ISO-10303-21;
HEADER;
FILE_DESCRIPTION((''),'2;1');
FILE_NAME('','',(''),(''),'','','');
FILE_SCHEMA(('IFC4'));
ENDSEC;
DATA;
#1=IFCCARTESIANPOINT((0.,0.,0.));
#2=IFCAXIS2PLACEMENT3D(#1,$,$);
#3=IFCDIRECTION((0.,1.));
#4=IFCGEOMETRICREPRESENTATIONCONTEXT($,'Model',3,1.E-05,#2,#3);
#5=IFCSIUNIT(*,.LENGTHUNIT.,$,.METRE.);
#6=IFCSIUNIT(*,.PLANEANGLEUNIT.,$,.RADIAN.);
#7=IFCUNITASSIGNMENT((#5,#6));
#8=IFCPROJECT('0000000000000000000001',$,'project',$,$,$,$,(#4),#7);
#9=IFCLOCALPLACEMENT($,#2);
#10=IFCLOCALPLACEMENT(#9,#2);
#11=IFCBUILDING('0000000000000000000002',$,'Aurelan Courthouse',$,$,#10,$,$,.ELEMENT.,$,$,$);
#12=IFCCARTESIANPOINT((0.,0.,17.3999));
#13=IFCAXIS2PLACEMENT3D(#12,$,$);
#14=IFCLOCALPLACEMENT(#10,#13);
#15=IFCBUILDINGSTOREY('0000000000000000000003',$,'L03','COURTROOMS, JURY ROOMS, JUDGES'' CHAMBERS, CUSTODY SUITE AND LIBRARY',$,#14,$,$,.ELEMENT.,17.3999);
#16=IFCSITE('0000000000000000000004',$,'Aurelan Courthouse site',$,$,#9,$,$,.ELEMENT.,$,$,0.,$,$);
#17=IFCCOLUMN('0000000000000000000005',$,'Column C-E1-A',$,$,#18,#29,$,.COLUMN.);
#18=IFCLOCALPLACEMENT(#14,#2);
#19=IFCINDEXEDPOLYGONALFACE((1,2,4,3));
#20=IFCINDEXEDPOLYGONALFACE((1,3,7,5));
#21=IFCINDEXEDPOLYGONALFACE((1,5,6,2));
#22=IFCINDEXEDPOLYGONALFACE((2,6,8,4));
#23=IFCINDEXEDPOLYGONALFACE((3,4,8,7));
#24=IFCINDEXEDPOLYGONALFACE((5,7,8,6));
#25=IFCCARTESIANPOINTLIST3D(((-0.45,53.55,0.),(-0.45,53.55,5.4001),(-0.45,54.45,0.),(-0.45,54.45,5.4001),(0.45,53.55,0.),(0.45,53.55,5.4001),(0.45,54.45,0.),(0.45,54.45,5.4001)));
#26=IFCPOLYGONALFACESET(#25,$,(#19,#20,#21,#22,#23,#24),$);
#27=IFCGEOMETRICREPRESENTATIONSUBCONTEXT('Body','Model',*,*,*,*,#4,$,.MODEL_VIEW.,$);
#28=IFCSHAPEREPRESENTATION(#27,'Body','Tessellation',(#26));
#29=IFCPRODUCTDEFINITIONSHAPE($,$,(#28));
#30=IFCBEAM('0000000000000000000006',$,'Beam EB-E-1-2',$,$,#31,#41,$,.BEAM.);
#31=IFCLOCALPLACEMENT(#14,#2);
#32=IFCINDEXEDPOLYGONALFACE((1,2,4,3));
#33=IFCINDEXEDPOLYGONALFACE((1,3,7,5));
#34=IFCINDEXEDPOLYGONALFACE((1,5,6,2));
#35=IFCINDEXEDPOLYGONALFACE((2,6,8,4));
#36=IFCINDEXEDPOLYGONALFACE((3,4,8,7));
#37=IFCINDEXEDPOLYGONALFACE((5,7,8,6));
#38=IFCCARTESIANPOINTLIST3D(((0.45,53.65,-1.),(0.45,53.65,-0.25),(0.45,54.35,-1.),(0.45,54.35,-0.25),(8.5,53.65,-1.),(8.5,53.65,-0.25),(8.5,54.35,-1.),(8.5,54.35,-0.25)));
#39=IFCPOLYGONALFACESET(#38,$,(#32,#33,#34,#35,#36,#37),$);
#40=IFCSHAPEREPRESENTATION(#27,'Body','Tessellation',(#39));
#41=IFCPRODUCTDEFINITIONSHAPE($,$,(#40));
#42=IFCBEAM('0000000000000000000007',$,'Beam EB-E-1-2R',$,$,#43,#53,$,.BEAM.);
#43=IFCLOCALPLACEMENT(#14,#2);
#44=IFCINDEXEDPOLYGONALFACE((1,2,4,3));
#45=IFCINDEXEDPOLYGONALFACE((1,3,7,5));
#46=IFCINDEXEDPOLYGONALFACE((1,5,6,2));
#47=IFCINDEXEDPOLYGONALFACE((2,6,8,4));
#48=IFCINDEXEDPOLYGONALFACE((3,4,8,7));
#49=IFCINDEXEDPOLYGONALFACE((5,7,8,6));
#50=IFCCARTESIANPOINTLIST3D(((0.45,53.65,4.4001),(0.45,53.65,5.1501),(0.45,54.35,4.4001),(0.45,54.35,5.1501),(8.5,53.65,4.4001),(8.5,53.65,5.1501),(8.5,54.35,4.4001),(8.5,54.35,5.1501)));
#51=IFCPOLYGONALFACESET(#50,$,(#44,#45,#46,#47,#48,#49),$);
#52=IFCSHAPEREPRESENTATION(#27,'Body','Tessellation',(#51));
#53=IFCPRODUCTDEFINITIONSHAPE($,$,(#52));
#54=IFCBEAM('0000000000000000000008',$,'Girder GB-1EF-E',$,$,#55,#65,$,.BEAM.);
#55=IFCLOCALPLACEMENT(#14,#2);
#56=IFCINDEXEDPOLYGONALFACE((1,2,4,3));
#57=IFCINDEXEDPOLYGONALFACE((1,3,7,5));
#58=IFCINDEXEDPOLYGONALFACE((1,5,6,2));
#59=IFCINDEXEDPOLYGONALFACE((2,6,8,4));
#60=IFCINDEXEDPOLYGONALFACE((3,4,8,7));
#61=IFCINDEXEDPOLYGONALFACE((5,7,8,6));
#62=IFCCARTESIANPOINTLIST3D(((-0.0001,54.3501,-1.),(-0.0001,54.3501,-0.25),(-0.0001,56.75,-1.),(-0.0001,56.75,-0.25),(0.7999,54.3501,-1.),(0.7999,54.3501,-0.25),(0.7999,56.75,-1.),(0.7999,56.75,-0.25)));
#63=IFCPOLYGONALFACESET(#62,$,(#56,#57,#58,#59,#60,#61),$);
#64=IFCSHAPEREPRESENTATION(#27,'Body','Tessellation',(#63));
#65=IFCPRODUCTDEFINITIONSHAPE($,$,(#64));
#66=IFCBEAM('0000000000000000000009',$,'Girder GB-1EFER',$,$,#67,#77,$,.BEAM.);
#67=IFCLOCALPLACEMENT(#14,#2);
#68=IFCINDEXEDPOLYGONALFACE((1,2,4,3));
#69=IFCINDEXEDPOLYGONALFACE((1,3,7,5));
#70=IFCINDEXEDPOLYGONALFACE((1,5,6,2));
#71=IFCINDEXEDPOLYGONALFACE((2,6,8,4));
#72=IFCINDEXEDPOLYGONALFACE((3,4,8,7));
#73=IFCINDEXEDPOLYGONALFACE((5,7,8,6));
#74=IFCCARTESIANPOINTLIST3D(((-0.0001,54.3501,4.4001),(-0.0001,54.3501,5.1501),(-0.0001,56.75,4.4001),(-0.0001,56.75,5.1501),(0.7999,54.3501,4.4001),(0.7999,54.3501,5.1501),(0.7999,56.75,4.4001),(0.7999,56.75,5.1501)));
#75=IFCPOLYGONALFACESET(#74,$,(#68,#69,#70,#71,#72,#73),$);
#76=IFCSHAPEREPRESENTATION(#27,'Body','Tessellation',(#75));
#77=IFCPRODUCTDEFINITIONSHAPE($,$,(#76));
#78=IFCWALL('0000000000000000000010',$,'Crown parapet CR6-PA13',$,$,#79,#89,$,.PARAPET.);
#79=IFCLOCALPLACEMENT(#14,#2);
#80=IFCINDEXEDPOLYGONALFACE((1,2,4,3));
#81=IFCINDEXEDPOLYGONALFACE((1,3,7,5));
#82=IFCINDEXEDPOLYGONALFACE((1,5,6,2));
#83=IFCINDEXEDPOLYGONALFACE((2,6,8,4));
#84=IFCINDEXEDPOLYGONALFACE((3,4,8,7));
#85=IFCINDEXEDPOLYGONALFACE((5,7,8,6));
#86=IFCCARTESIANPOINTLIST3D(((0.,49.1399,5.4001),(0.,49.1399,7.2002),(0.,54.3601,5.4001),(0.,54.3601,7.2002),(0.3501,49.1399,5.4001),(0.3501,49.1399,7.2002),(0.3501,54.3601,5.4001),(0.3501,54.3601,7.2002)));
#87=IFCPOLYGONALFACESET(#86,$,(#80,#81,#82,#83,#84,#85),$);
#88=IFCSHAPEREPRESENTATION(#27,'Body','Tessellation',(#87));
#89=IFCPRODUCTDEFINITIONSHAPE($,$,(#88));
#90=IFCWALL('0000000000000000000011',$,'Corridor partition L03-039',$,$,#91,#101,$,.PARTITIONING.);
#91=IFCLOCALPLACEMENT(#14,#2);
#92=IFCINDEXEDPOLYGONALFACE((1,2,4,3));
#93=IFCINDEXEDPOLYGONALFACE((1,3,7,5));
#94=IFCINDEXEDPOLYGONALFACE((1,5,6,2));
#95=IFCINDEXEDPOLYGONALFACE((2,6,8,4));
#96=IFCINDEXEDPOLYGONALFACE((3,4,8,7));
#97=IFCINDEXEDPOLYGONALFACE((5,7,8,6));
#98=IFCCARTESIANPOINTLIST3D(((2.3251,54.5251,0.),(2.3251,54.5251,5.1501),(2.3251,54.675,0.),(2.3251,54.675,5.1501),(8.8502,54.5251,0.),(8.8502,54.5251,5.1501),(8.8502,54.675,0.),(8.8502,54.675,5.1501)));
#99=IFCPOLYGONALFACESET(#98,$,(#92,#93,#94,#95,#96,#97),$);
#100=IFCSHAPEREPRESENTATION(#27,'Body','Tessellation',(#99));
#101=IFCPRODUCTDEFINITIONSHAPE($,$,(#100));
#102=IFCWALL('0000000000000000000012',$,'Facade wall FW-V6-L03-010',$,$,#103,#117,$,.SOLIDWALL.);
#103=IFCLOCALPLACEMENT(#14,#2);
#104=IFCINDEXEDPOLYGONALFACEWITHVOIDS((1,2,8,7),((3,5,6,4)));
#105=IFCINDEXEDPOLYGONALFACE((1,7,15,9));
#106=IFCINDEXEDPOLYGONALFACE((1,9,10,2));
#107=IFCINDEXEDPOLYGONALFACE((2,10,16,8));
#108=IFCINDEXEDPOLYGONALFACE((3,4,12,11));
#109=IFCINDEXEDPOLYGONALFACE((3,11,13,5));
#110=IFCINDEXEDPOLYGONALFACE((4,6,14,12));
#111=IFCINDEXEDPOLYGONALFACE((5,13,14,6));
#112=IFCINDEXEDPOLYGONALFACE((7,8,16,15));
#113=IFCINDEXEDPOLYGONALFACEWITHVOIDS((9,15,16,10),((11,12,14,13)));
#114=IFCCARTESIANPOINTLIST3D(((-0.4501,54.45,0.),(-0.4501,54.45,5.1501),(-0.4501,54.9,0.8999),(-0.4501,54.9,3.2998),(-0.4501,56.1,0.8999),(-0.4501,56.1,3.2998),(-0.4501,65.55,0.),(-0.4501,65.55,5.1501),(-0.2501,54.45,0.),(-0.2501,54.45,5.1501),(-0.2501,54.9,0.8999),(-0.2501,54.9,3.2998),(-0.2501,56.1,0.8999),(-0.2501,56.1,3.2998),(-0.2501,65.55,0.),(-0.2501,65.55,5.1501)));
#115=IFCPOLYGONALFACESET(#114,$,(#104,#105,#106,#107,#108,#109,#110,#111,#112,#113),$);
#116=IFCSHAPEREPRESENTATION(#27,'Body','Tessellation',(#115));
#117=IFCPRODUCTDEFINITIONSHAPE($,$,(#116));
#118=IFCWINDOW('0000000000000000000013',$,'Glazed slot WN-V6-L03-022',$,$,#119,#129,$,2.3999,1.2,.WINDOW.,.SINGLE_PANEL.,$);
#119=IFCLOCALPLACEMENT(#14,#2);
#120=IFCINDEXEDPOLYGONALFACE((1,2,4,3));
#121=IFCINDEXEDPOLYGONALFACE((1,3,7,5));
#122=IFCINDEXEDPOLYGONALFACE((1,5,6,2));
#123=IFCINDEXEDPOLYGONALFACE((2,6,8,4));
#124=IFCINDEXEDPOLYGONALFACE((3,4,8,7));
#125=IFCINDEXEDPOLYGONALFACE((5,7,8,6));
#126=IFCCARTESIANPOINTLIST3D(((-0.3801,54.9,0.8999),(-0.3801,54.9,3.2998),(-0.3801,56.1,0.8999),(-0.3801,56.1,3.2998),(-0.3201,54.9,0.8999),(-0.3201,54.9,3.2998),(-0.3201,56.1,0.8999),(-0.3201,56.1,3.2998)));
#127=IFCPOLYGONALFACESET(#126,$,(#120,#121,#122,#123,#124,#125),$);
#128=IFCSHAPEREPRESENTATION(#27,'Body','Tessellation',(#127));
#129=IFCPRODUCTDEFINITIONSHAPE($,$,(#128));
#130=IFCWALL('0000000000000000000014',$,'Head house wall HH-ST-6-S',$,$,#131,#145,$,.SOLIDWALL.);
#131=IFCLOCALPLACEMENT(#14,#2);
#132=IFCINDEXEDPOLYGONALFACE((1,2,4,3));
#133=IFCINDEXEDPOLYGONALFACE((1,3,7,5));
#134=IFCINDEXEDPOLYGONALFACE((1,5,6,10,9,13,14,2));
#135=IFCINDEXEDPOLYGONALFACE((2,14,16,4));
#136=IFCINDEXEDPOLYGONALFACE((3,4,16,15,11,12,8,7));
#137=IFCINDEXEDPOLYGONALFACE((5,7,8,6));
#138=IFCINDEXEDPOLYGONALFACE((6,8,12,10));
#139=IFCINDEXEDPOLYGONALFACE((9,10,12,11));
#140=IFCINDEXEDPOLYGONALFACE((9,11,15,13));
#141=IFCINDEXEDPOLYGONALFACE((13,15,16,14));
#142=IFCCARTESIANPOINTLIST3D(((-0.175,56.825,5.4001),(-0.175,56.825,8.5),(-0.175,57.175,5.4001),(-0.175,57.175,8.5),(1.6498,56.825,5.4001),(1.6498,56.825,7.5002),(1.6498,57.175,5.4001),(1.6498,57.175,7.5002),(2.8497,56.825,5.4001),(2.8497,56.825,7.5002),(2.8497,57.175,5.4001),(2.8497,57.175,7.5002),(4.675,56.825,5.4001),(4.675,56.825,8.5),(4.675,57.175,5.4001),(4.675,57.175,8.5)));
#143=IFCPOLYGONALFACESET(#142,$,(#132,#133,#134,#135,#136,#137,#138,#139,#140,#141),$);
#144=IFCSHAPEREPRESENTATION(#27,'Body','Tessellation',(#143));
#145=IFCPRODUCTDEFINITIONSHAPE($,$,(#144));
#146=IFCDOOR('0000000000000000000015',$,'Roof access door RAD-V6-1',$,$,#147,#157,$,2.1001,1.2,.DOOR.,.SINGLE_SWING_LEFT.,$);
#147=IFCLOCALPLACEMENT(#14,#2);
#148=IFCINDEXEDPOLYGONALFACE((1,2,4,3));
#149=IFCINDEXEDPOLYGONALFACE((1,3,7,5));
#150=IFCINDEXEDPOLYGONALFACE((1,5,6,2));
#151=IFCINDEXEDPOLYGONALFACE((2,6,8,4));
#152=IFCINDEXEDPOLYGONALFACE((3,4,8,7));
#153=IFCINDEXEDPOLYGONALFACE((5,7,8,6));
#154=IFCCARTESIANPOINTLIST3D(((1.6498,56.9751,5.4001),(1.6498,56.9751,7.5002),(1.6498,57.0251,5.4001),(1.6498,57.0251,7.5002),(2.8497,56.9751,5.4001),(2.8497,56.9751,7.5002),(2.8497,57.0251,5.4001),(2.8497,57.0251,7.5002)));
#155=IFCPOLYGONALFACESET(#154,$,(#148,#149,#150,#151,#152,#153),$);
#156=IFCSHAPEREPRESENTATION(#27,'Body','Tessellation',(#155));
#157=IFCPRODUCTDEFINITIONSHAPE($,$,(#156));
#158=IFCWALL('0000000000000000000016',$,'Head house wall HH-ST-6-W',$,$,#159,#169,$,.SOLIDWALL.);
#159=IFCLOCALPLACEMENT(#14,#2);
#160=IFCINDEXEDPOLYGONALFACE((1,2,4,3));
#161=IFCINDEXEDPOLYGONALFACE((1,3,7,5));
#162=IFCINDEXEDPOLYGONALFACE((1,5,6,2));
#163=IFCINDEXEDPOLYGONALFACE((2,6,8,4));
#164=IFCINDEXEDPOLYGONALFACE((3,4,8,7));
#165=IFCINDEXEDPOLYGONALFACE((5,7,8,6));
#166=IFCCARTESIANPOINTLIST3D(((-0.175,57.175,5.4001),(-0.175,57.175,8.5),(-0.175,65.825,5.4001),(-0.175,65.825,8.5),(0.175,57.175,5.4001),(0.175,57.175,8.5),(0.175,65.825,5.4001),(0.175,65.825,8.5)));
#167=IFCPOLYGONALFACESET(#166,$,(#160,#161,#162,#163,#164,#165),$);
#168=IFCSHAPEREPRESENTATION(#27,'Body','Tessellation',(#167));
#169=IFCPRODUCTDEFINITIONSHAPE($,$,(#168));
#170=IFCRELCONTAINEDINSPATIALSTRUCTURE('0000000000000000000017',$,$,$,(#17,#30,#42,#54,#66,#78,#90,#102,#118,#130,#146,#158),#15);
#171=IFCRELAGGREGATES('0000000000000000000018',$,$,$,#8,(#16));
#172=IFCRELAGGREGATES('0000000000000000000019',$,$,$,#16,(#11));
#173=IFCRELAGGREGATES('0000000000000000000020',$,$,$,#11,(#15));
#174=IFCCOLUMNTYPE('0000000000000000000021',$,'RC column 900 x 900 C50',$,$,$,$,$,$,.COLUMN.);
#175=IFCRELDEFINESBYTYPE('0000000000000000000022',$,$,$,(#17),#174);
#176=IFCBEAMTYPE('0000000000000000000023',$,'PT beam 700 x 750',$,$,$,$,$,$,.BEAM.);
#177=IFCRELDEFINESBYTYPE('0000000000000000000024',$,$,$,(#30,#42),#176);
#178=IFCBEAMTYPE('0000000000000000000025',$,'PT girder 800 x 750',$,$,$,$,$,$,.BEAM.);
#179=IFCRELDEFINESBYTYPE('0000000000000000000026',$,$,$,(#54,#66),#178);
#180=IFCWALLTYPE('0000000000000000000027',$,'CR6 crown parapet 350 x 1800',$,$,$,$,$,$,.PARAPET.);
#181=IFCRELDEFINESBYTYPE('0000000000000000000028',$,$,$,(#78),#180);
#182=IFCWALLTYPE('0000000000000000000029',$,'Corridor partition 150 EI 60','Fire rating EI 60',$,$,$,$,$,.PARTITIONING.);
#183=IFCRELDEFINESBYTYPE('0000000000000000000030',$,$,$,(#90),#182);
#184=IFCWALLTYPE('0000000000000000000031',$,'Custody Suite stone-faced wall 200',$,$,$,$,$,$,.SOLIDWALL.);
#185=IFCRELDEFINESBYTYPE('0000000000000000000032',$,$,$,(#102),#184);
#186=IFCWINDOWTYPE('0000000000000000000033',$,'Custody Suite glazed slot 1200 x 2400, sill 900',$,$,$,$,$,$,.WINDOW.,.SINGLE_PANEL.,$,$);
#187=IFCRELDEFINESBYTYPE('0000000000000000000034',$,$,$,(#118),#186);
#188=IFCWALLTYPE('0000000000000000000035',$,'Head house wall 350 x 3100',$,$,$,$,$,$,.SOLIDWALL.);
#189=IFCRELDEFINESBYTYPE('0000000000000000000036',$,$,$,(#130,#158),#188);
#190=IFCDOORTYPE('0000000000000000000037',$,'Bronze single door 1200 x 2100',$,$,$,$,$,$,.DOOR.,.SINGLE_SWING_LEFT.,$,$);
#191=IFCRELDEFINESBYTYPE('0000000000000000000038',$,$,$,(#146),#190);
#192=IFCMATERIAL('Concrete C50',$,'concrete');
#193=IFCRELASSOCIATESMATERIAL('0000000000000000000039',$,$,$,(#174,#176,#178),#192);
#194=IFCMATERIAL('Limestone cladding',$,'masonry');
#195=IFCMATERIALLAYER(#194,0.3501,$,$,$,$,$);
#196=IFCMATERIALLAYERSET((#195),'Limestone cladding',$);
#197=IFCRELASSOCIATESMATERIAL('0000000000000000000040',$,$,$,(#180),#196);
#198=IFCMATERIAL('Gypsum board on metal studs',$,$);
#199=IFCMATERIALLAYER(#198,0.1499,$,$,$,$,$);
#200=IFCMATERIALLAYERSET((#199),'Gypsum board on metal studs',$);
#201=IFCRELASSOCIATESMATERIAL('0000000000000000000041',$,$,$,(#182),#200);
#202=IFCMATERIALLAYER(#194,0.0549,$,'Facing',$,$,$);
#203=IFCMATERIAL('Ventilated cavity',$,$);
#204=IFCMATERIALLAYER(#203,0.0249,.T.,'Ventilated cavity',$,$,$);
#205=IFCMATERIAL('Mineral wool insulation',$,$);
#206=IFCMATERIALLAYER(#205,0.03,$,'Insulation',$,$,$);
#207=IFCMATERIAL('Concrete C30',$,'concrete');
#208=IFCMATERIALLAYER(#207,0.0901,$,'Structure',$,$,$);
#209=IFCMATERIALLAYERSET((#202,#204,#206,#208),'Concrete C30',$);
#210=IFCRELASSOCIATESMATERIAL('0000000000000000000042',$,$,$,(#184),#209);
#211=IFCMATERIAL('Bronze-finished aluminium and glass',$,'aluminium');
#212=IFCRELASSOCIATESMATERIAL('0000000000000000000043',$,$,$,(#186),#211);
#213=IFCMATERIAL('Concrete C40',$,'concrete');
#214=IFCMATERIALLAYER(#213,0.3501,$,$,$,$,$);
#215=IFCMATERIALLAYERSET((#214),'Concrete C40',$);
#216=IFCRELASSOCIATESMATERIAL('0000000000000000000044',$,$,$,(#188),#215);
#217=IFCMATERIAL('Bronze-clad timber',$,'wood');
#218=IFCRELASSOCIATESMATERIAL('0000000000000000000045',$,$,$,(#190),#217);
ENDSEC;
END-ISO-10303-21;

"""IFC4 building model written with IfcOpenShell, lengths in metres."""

from ifc_helpers import new_model, si_unit, direction, frame, frame_2d, origin, origin_2d, place, context, subcontext, project, spatial, rectangle, extrude, material, layer, layer_set, material_profile, profile_set, type_object, element, fill, save


model = new_model("IFC4")

# Units and contexts
model_context = context("Model", 3, precision=1e-05, world=origin(), true_north=direction((0.0, 1.0)))
body_context = subcontext(model_context, "Body", "Model", "MODEL_VIEW")
ifc_project = project(units=[si_unit("LENGTHUNIT", "METRE"), si_unit("PLANEANGLEUNIT", "RADIAN")], contexts=[model_context])

# Site, building, storey
site_placement = place(None, origin())
site = spatial("IfcSite", under=ifc_project, at=site_placement, Name="Aurelan Courthouse site", CompositionType="ELEMENT", RefElevation=0.0)
building_placement = place(site_placement, origin())
building = spatial("IfcBuilding", under=site, at=building_placement, Name="Aurelan Courthouse", CompositionType="ELEMENT")
storey_placement = place(building_placement, frame((0.0, 0.0, 17.3999)))
storey = spatial("IfcBuildingStorey", under=building, at=storey_placement, Name="L03", Description="COURTROOMS, JURY ROOMS, JUDGES' CHAMBERS, CUSTODY SUITE AND LIBRARY", CompositionType="ELEMENT", Elevation=17.3999)

# Column
ifc_material_1 = material(Name="Concrete C50", Category="concrete")
ifc_material_profile_1 = material_profile(ifc_material_1, rectangle(XDim=0.8999, YDim=0.8999, at=origin_2d()), Name="RC 900 x 900")
ifc_profile_set_1 = profile_set([ifc_material_profile_1], Name="Concrete C50")
column_type = type_object("IfcColumnType", Name="RC column 900 x 900 C50", PredefinedType="COLUMN", material=ifc_profile_set_1)
column_placement = place(storey_placement, frame((0.0, 54.0, 0.0), z_axis=(0.0, 0.0, 1.0), x_axis=(1.0, 0.0, 0.0)))
element("IfcColumn", 1, at=column_placement, inside=storey, type_object=column_type, Name="Column C-E1-A", PredefinedType="COLUMN", context=body_context, shape_type="SweptSolid", body=[
    extrude(rectangle(XDim=0.8999, YDim=0.8999, at=origin_2d()), origin(), (0.0, 0.0, 1.0), 5.4001),
])

# Beams
ifc_material_profile_2 = material_profile(ifc_material_1, rectangle(XDim=0.7, YDim=0.75, at=origin_2d()), Name="RC 700 x 750")
ifc_profile_set_2 = profile_set([ifc_material_profile_2], Name="Concrete C50")
beam_type_1 = type_object("IfcBeamType", Name="PT beam 700 x 750", PredefinedType="BEAM", material=ifc_profile_set_2)
for number, where, z_axis, x_axis, name in (
    (2, (0.45, 54.0, -0.625), (1.0, 0.0, 0.0), (0.0, 1.0, 0.0), "Beam EB-E-1-2"),
    (3, (0.45, 54.0, 4.7751), (1.0, 0.0, 0.0), (0.0, 1.0, 0.0), "Beam EB-E-1-2R"),
):
    element("IfcBeam", number, at=place(storey_placement, frame(where, z_axis=z_axis, x_axis=x_axis)), inside=storey, type_object=beam_type_1, Name=name, PredefinedType="BEAM", context=body_context, shape_type="SweptSolid", body=[
        extrude(rectangle(XDim=0.7, YDim=0.75, at=origin_2d()), origin(), (0.0, 0.0, 1.0), 8.05),
    ])
ifc_material_profile_3 = material_profile(ifc_material_1, rectangle(XDim=0.8, YDim=0.75, at=origin_2d()), Name="RC 800 x 750")
ifc_profile_set_3 = profile_set([ifc_material_profile_3], Name="Concrete C50")
beam_type_2 = type_object("IfcBeamType", Name="PT girder 800 x 750", PredefinedType="BEAM", material=ifc_profile_set_3)
for number, where, z_axis, x_axis, name in (
    (4, (0.3999, 54.3501, -0.625), (0.0, 1.0, 0.0), (-1.0, 0.0, 0.0), "Girder GB-1EF-E"),
    (5, (0.3999, 54.3501, 4.7751), (0.0, 1.0, 0.0), (-1.0, 0.0, 0.0), "Girder GB-1EFER"),
):
    element("IfcBeam", number, at=place(storey_placement, frame(where, z_axis=z_axis, x_axis=x_axis)), inside=storey, type_object=beam_type_2, Name=name, PredefinedType="BEAM", context=body_context, shape_type="SweptSolid", body=[
        extrude(rectangle(XDim=0.8, YDim=0.75, at=origin_2d()), origin(), (0.0, 0.0, 1.0), 2.3999),
    ])

# Walls
ifc_material_2 = material(Name="Limestone cladding", Category="masonry")
ifc_layer_1 = layer(ifc_material_2, 0.3501)
ifc_layer_set_1 = layer_set([ifc_layer_1], Name="Limestone cladding")
wall_type_1 = type_object("IfcWallType", Name="CR6 crown parapet 350 x 1800", PredefinedType="PARAPET", material=ifc_layer_set_1)
wall_1_placement = place(storey_placement, frame((0.175, 49.1399, 5.4001), z_axis=(0.0, 0.0, 1.0), x_axis=(0.0, 1.0, 0.0)))
element("IfcWall", 6, at=wall_1_placement, inside=storey, type_object=wall_type_1, Name="Crown parapet CR6-PA13", PredefinedType="PARAPET", context=body_context, shape_type="SweptSolid", body=[
    extrude(rectangle(XDim=5.2202, YDim=0.3501, at=frame_2d((2.6101, 0.0))), origin(), (0.0, 0.0, 1.0), 1.8),
])
ifc_material_3 = material(Name="Gypsum board on metal studs")
ifc_layer_2 = layer(ifc_material_3, 0.1499)
ifc_layer_set_2 = layer_set([ifc_layer_2], Name="Gypsum board on metal studs")
wall_type_2 = type_object("IfcWallType", Name="Corridor partition 150 EI 60", Description="Fire rating EI 60", PredefinedType="PARTITIONING", material=ifc_layer_set_2)
wall_2_placement = place(storey_placement, frame((2.325, 54.6001, 0.0), z_axis=(0.0, 0.0, 1.0), x_axis=(1.0, 0.0, 0.0)))
element("IfcWall", 7, at=wall_2_placement, inside=storey, type_object=wall_type_2, Name="Corridor partition L03-039", PredefinedType="PARTITIONING", context=body_context, shape_type="SweptSolid", body=[
    extrude(rectangle(XDim=6.5251, YDim=0.1499, at=frame_2d((3.2627, 0.0))), origin(), (0.0, 0.0, 1.0), 5.1501),
])

# Wall, opening, window
ifc_layer_3 = layer(ifc_material_2, 0.0549, Name="Facing")
ifc_material_4 = material(Name="Ventilated cavity")
ifc_layer_4 = layer(ifc_material_4, 0.0249, ventilated=True, Name="Ventilated cavity")
ifc_material_5 = material(Name="Mineral wool insulation")
ifc_layer_5 = layer(ifc_material_5, 0.03, Name="Insulation")
ifc_material_6 = material(Name="Concrete C30", Category="concrete")
ifc_layer_6 = layer(ifc_material_6, 0.0901, Name="Structure")
ifc_layer_set_3 = layer_set([ifc_layer_3, ifc_layer_4, ifc_layer_5, ifc_layer_6], Name="Concrete C30")
wall_type_3 = type_object("IfcWallType", Name="Custody Suite stone-faced wall 200", PredefinedType="SOLIDWALL", material=ifc_layer_set_3)
wall_3_placement = place(storey_placement, frame((-0.3501, 54.45, 0.0), z_axis=(0.0, 0.0, 1.0), x_axis=(0.0, 1.0, 0.0)))
wall_3 = element("IfcWall", 8, at=wall_3_placement, inside=storey, type_object=wall_type_3, Name="Facade wall FW-V6-L03-010", PredefinedType="SOLIDWALL", context=body_context, shape_type="SweptSolid", body=[
    extrude(rectangle(XDim=11.1001, YDim=0.2, at=frame_2d((5.55, 0.0))), origin(), (0.0, 0.0, 1.0), 5.1501),
])
opening_1_placement = place(wall_3_placement, frame((0.45, 0.0, 0.8999)))
opening_1 = element("IfcOpeningElement", 9, at=opening_1_placement, cuts=wall_3, PredefinedType="OPENING", context=body_context, shape_type="SweptSolid", body=[
    extrude(rectangle(XDim=1.2, YDim=2.3999, at=frame_2d((0.6001, 1.2))), frame((0.0, 0.1099, 0.0), z_axis=(0.0, -1.0, 0.0), x_axis=(1.0, 0.0, 0.0)), (0.0, 0.0, 1.0), 0.22),
])
ifc_material_7 = material(Name="Bronze-finished aluminium and glass", Category="aluminium")
window_type = type_object("IfcWindowType", Name="Custody Suite glazed slot 1200 x 2400, sill 900", PartitioningType="SINGLE_PANEL", PredefinedType="WINDOW", material=ifc_material_7)
window_placement = place(opening_1_placement, origin())
window = element("IfcWindow", 10, at=window_placement, inside=storey, type_object=window_type, Name="Glazed slot WN-V6-L03-022", OverallHeight=2.3999, OverallWidth=1.2, PartitioningType="SINGLE_PANEL", PredefinedType="WINDOW", context=body_context, shape_type="SweptSolid", body=[
    extrude(rectangle(XDim=1.2, YDim=2.3999, at=frame_2d((0.6001, 1.2))), frame((0.0, 0.03, 0.0), z_axis=(0.0, -1.0, 0.0), x_axis=(1.0, 0.0, 0.0)), (0.0, 0.0, 1.0), 0.0601),
])
fill(opening_1, window)

# Wall, opening, door
ifc_material_8 = material(Name="Concrete C40", Category="concrete")
ifc_layer_7 = layer(ifc_material_8, 0.3501)
ifc_layer_set_4 = layer_set([ifc_layer_7], Name="Concrete C40")
wall_type_4 = type_object("IfcWallType", Name="Head house wall 350 x 3100", PredefinedType="SOLIDWALL", material=ifc_layer_set_4)
wall_4_placement = place(storey_placement, frame((-0.175, 57.0, 5.4001), z_axis=(0.0, 0.0, 1.0), x_axis=(1.0, 0.0, 0.0)))
wall_4 = element("IfcWall", 11, at=wall_4_placement, inside=storey, type_object=wall_type_4, Name="Head house wall HH-ST-6-S", PredefinedType="SOLIDWALL", context=body_context, shape_type="SweptSolid", body=[
    extrude(rectangle(XDim=4.8501, YDim=0.3501, at=frame_2d((2.425, 0.0))), origin(), (0.0, 0.0, 1.0), 3.0999),
])
opening_2_placement = place(wall_4_placement, frame((3.0249, 0.0, 0.0), z_axis=(0.0, 0.0, 1.0), x_axis=(-1.0, 0.0, 0.0)))
opening_2 = element("IfcOpeningElement", 12, at=opening_2_placement, cuts=wall_4, PredefinedType="OPENING", context=body_context, shape_type="SweptSolid", body=[
    extrude(rectangle(XDim=1.2, YDim=2.1001, at=frame_2d((0.6001, 1.05))), frame((0.0, 0.1851, 0.0), z_axis=(0.0, -1.0, 0.0), x_axis=(1.0, 0.0, 0.0)), (0.0, 0.0, 1.0), 0.3701),
])
ifc_material_9 = material(Name="Bronze-clad timber", Category="wood")
door_type_1 = type_object("IfcDoorType", Name="Bronze single door 1200 x 2100", OperationType="SINGLE_SWING_LEFT", PredefinedType="DOOR", material=ifc_material_9)
door_1_placement = place(opening_2_placement, origin())
door_1 = element("IfcDoor", 13, at=door_1_placement, inside=storey, type_object=door_type_1, Name="Roof access door RAD-V6-1", OperationType="SINGLE_SWING_LEFT", OverallHeight=2.1001, OverallWidth=1.2, PredefinedType="DOOR", context=body_context, shape_type="SweptSolid", body=[
    extrude(rectangle(XDim=1.2, YDim=2.1001, at=frame_2d((0.6001, 1.05))), frame((0.0, 0.0249, 0.0), z_axis=(0.0, -1.0, 0.0), x_axis=(1.0, 0.0, 0.0)), (0.0, 0.0, 1.0), 0.05),
])
fill(opening_2, door_1)

# Wall
for number, where, z_axis, x_axis, name in (
    (14, (0.0, 57.175, 5.4001), (0.0, 0.0, 1.0), (0.0, 1.0, 0.0), "Head house wall HH-ST-6-W"),
):
    element("IfcWall", number, at=place(storey_placement, frame(where, z_axis=z_axis, x_axis=x_axis)), inside=storey, type_object=wall_type_4, Name=name, PredefinedType="SOLIDWALL", context=body_context, shape_type="SweptSolid", body=[
        extrude(rectangle(XDim=8.6499, YDim=0.3501, at=frame_2d((4.325, 0.0))), origin(), (0.0, 0.0, 1.0), 3.0999),
    ])

save(model, "model.ifc")
